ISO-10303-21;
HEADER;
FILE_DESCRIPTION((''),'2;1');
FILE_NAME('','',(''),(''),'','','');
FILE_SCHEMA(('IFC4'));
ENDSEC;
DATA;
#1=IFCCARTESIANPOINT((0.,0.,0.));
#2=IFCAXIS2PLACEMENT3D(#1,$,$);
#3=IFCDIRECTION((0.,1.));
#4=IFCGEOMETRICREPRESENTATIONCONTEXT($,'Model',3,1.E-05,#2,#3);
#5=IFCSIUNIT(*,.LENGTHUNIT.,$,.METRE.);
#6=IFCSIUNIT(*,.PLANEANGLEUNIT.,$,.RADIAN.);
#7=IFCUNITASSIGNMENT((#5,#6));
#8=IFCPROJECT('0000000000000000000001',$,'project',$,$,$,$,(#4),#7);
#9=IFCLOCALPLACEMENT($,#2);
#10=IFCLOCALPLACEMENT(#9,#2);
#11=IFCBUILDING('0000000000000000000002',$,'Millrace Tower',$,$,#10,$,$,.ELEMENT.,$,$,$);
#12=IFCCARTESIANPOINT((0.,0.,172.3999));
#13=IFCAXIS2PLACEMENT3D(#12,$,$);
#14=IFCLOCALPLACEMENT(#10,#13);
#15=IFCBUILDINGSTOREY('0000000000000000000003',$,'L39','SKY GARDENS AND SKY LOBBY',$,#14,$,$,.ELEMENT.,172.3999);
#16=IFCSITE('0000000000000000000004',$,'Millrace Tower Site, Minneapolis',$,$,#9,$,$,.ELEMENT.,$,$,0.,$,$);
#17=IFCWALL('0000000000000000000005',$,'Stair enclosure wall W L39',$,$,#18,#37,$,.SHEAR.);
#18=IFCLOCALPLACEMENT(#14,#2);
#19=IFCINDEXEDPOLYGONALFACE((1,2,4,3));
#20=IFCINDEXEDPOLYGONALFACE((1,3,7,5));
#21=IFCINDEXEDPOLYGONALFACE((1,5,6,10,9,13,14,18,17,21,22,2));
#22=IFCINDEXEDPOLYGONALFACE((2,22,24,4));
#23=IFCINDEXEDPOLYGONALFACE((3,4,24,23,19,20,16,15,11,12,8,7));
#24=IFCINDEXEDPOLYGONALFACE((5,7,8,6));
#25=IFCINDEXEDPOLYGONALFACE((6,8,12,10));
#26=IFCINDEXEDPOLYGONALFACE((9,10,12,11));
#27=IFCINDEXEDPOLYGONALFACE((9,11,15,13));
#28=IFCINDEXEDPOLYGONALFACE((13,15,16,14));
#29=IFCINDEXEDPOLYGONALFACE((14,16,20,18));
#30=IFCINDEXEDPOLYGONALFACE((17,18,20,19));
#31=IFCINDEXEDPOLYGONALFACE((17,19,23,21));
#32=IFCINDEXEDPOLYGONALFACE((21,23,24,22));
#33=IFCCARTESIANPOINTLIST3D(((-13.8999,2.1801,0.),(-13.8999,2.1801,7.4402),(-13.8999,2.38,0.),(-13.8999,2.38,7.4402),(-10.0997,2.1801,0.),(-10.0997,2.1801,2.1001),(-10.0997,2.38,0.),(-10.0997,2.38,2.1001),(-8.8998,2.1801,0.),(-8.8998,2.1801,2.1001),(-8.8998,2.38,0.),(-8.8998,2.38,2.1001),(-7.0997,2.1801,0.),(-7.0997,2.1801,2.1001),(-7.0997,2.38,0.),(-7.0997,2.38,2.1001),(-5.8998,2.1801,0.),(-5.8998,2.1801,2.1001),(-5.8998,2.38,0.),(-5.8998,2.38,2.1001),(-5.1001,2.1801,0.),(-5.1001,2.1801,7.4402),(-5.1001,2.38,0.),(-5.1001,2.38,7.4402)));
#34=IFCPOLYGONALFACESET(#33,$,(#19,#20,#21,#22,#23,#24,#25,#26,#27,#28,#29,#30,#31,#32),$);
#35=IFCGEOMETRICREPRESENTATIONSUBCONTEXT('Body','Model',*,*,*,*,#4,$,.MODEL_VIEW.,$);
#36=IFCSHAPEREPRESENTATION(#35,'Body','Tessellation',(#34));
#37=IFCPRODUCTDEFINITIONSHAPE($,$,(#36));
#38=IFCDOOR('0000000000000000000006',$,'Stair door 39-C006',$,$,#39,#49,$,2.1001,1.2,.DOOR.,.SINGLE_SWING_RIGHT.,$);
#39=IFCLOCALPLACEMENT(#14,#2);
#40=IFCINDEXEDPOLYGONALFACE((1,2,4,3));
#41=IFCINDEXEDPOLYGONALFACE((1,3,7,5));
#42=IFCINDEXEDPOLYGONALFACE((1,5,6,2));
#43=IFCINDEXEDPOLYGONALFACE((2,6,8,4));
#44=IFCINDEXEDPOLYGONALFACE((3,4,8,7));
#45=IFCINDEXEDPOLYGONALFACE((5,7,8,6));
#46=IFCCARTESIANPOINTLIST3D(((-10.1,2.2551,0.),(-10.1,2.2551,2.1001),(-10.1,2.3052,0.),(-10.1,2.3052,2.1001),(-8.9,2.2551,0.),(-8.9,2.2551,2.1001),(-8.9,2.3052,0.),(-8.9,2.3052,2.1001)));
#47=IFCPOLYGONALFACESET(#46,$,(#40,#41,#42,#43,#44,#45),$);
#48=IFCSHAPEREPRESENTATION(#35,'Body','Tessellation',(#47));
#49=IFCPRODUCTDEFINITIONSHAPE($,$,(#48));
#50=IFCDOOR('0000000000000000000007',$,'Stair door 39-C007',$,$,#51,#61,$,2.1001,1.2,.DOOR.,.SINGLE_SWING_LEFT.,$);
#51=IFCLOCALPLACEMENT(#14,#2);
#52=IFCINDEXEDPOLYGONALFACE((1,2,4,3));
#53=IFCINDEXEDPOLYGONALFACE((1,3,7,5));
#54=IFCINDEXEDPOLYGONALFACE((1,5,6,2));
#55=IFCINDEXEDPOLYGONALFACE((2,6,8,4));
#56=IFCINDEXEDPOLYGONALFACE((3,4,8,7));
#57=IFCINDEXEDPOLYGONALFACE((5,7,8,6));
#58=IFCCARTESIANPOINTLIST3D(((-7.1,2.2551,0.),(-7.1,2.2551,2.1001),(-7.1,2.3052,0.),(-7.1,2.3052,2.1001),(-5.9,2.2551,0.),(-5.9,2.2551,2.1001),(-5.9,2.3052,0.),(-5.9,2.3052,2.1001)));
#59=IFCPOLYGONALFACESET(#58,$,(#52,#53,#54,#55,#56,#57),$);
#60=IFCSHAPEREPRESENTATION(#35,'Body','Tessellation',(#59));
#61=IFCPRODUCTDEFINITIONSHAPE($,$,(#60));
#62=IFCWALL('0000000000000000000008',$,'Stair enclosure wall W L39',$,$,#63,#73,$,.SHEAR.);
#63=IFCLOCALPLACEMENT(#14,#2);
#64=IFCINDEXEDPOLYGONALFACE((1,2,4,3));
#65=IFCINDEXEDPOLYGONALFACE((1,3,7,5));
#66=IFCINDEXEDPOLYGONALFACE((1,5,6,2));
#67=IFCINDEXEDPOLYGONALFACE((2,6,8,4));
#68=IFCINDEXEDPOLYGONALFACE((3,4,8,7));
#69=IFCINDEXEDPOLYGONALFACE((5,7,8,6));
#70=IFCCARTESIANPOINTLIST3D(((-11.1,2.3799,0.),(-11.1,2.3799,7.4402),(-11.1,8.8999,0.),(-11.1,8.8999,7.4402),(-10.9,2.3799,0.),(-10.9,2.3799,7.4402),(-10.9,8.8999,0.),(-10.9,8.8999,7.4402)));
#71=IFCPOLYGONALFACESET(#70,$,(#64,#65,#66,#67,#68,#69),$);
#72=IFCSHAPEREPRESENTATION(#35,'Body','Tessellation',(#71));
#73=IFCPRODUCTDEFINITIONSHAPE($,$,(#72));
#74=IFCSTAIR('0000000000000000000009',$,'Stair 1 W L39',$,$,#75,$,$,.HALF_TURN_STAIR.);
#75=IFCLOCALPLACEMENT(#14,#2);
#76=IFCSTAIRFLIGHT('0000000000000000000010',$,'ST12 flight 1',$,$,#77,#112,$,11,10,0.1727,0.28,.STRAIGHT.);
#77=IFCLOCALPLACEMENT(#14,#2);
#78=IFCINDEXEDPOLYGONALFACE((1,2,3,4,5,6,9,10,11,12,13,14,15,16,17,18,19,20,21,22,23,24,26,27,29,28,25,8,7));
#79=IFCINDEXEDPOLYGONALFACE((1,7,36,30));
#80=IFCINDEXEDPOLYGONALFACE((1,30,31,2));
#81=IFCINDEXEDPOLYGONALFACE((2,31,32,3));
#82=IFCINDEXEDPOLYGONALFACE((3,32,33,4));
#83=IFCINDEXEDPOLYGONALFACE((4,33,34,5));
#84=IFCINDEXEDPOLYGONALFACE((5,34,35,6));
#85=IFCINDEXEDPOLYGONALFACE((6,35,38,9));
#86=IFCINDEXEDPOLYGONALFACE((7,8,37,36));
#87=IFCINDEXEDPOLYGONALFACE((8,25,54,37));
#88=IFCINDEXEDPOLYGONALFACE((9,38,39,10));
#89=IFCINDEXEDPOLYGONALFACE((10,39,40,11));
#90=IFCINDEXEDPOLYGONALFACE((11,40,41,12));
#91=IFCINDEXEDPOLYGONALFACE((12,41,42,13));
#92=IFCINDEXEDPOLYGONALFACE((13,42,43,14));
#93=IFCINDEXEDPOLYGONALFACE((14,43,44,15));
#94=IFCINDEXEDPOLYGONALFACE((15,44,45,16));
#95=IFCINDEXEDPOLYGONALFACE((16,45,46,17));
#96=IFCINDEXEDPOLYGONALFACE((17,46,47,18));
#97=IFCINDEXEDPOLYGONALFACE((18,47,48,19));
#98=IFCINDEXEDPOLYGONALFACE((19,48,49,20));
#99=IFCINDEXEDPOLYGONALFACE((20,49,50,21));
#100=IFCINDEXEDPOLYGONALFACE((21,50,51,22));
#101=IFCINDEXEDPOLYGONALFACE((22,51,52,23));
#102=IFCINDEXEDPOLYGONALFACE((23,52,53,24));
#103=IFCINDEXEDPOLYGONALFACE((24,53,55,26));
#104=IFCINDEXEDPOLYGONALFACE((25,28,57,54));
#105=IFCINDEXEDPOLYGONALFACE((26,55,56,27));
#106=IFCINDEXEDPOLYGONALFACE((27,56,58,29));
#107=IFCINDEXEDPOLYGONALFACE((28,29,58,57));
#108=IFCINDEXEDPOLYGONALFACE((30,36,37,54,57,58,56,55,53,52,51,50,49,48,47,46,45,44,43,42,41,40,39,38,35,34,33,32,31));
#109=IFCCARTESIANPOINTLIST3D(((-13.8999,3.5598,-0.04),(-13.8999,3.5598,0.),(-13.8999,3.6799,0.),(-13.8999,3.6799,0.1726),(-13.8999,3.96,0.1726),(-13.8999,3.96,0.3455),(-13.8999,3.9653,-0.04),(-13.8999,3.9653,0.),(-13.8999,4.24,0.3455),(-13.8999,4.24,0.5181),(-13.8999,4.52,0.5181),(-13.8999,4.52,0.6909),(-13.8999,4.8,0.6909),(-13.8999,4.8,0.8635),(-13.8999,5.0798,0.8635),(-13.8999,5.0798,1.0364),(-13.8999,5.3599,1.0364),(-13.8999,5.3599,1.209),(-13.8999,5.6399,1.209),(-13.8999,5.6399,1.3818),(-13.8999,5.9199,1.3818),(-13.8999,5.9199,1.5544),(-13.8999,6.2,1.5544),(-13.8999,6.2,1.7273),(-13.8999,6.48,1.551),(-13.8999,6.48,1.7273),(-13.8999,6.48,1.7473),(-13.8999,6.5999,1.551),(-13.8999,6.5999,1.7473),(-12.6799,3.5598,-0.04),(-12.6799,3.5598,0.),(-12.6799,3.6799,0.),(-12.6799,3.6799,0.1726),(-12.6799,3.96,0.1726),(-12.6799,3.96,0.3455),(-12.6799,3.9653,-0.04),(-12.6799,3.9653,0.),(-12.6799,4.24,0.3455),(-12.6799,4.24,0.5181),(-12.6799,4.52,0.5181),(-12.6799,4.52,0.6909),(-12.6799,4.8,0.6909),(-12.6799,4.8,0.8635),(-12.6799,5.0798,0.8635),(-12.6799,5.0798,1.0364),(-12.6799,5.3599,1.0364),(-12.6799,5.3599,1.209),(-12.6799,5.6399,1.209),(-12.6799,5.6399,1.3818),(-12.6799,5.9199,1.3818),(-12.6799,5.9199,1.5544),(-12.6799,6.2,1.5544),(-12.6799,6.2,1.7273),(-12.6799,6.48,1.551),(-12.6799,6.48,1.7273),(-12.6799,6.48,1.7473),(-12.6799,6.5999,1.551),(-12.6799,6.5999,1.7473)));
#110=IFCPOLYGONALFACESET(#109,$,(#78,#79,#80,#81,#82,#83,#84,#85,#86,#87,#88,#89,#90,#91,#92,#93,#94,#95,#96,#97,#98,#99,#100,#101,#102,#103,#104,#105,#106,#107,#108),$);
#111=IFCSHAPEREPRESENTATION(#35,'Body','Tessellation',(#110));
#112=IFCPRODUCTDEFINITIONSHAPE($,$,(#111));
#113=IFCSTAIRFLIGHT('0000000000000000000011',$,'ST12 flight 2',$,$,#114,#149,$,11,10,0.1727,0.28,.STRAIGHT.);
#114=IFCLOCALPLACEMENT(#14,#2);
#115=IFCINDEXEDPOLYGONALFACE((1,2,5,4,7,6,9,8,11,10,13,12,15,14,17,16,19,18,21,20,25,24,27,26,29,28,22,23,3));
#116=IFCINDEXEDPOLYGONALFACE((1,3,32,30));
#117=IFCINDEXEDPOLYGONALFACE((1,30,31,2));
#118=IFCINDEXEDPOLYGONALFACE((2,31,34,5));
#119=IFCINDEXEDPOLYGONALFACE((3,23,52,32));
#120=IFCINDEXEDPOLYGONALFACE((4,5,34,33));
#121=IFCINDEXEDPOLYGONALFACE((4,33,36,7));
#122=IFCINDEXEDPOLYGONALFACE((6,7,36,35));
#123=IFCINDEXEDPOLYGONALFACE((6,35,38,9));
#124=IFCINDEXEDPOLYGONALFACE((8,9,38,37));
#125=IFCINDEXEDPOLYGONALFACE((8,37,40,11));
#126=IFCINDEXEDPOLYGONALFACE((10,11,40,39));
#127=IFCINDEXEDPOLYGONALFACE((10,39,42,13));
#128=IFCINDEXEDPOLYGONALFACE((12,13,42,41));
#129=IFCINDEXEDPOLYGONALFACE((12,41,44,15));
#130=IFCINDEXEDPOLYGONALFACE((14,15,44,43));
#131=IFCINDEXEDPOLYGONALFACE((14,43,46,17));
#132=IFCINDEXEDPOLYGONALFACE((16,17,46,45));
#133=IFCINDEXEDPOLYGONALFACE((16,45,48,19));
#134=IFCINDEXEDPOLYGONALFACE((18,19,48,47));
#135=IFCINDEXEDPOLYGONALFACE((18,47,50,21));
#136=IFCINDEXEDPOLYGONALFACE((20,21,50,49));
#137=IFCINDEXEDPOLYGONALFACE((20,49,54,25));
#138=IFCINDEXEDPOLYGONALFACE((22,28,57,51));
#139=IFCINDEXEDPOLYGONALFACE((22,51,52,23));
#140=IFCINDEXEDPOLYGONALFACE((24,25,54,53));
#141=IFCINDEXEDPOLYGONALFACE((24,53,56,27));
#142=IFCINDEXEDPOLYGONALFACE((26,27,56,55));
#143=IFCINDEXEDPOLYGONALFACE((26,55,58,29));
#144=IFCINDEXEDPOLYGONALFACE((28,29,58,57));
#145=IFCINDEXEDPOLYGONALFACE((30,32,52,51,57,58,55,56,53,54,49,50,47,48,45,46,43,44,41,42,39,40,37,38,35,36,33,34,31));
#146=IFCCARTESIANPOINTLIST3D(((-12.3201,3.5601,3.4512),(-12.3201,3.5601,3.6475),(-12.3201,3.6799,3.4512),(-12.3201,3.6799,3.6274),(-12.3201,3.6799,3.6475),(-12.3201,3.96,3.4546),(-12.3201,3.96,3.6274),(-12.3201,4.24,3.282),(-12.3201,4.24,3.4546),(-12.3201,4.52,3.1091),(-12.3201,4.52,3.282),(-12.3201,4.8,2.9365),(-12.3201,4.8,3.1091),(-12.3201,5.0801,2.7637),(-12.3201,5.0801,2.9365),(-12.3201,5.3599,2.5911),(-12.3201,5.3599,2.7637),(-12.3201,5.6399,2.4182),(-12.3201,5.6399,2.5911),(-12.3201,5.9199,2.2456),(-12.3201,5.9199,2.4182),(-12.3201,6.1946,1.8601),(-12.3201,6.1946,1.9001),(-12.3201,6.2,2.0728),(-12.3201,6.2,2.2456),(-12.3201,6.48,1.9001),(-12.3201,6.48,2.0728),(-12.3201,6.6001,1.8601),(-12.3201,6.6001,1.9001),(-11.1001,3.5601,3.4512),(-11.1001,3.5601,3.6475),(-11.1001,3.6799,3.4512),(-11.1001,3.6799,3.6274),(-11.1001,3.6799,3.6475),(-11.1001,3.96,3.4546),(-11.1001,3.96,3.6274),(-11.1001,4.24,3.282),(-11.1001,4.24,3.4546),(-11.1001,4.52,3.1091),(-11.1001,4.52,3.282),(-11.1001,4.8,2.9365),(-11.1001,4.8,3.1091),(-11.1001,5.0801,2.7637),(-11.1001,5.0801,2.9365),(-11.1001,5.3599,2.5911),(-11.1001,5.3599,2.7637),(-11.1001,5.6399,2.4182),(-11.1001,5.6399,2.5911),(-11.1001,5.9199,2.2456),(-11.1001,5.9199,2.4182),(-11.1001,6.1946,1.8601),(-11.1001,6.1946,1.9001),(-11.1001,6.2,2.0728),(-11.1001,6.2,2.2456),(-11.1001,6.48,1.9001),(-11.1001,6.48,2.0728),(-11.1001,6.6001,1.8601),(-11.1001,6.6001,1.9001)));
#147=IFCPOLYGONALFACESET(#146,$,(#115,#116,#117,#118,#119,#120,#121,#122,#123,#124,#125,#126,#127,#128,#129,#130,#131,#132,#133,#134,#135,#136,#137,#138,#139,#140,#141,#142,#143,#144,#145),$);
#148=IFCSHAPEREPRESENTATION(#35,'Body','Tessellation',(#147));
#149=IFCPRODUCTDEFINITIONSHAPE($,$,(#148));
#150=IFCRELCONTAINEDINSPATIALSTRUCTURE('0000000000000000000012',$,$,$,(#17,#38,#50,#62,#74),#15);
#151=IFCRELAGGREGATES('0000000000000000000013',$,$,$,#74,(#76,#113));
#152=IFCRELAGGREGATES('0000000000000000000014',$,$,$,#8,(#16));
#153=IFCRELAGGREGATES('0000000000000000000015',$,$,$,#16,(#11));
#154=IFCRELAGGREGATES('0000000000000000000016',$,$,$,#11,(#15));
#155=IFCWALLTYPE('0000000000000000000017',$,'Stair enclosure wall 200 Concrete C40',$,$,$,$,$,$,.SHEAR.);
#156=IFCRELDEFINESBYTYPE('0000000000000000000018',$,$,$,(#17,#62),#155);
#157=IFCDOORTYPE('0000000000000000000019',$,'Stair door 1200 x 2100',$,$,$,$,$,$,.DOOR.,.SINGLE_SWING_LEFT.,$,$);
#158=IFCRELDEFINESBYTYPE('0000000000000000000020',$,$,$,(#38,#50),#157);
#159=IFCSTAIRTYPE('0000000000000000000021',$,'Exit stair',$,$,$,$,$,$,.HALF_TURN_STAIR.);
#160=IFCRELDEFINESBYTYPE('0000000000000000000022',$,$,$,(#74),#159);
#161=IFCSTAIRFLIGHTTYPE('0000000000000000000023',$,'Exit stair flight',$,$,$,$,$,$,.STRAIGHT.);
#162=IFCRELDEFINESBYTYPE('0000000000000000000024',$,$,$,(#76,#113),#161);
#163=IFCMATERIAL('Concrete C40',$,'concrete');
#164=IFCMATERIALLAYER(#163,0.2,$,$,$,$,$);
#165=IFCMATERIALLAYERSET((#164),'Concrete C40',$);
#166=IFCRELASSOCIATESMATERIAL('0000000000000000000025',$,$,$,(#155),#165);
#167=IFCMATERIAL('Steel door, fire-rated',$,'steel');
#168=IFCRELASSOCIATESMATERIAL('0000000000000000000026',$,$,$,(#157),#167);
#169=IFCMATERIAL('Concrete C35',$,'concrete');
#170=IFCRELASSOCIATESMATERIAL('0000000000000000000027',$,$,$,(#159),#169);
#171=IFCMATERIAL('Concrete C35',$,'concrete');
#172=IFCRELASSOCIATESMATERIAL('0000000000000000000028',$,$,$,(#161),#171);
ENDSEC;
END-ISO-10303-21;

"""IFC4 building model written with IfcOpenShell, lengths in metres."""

from ifc_helpers import new_model, si_unit, direction, frame, frame_2d, origin, place, context, subcontext, project, spatial, polyline, rectangle, outline, extrude, material, layer, layer_set, type_object, element, fill, aggregate, save


model = new_model("IFC4")

# Units and contexts
model_context = context("Model", 3, precision=1e-05, world=origin(), true_north=direction((0.0, 1.0)))
body_context = subcontext(model_context, "Body", "Model", "MODEL_VIEW")
ifc_project = project(units=[si_unit("LENGTHUNIT", "METRE"), si_unit("PLANEANGLEUNIT", "RADIAN")], contexts=[model_context])

# Site, building, storey
site_placement = place(None, origin())
site = spatial("IfcSite", under=ifc_project, at=site_placement, Name="Millrace Tower Site, Minneapolis", CompositionType="ELEMENT", RefElevation=0.0)
building_placement = place(site_placement, origin())
building = spatial("IfcBuilding", under=site, at=building_placement, Name="Millrace Tower", CompositionType="ELEMENT")
storey_placement = place(building_placement, frame((0.0, 0.0, 172.3999)))
storey = spatial("IfcBuildingStorey", under=building, at=storey_placement, Name="L39", Description="SKY GARDENS AND SKY LOBBY", CompositionType="ELEMENT", Elevation=172.3999)

# Shared definitions
placement = place(storey_placement, origin())

# Shared definitions
ifc_material_1 = material(Name="Concrete C40", Category="concrete")
ifc_layer_1 = layer(ifc_material_1, 0.2)
ifc_layer_set_1 = layer_set([ifc_layer_1], Name="Concrete C40")
wall_type_1 = type_object("IfcWallType", Name="Stair enclosure wall 200 Concrete C40", PredefinedType="SHEAR", material=ifc_layer_set_1)

# Wall, openings, doors
wall_1_placement = place(storey_placement, frame((-13.8999, 2.28, 0.0), z_axis=(0.0, 0.0, 1.0), x_axis=(1.0, 0.0, 0.0)))
wall_1 = element("IfcWall", 1, at=wall_1_placement, inside=storey, type_object=wall_type_1, Name="Stair enclosure wall W L39", PredefinedType="SHEAR", context=body_context, shape_type="SweptSolid", body=[
    extrude(rectangle(XDim=8.7998, YDim=0.2, at=frame_2d((4.3999, 0.0))), origin(), (0.0, 0.0, 1.0), 7.4402),
])
opening_1_placement = place(wall_1_placement, frame((3.8, 0.0, 0.0)))
opening_1 = element("IfcOpeningElement", 2, at=opening_1_placement, cuts=wall_1, PredefinedType="OPENING", context=body_context, shape_type="SweptSolid", body=[
    extrude(rectangle(XDim=1.2, YDim=2.1001, at=frame_2d((0.6001, 1.05))), frame((0.0, 0.1099, 0.0), z_axis=(0.0, -1.0, 0.0), x_axis=(1.0, 0.0, 0.0)), (0.0, 0.0, 1.0), 0.22),
])
opening_2_placement = place(wall_1_placement, frame((6.8, 0.0, 0.0)))
opening_2 = element("IfcOpeningElement", 3, at=opening_2_placement, cuts=wall_1, PredefinedType="OPENING", context=body_context, shape_type="SweptSolid", body=[
    extrude(rectangle(XDim=1.2, YDim=2.1001, at=frame_2d((0.6001, 1.05))), frame((0.0, 0.1099, 0.0), z_axis=(0.0, -1.0, 0.0), x_axis=(1.0, 0.0, 0.0)), (0.0, 0.0, 1.0), 0.22),
])
ifc_material_2 = material(Name="Steel door, fire-rated", Category="steel")
door_type_1 = type_object("IfcDoorType", Name="Stair door 1200 x 2100", OperationType="SINGLE_SWING_LEFT", PredefinedType="DOOR", material=ifc_material_2)
door_1_placement = place(opening_1_placement, frame((1.2, 0.0, 0.0), z_axis=(0.0, 0.0, 1.0), x_axis=(-1.0, 0.0, 0.0)))
door_1 = element("IfcDoor", 4, at=door_1_placement, inside=storey, type_object=door_type_1, Name="Stair door 39-C006", OperationType="SINGLE_SWING_RIGHT", OverallHeight=2.1001, OverallWidth=1.2, PredefinedType="DOOR", context=body_context, shape_type="SweptSolid", body=[
    extrude(rectangle(XDim=1.2, YDim=2.1001, at=frame_2d((0.6001, 1.05))), frame((0.0, 0.0249, 0.0), z_axis=(0.0, -1.0, 0.0), x_axis=(1.0, 0.0, 0.0)), (0.0, 0.0, 1.0), 0.05),
])
fill(opening_1, door_1)
door_2_placement = place(opening_2_placement, frame((1.2, 0.0, 0.0), z_axis=(0.0, 0.0, 1.0), x_axis=(-1.0, 0.0, 0.0)))
door_2 = element("IfcDoor", 5, at=door_2_placement, inside=storey, type_object=door_type_1, Name="Stair door 39-C007", OperationType="SINGLE_SWING_LEFT", OverallHeight=2.1001, OverallWidth=1.2, PredefinedType="DOOR", context=body_context, shape_type="SweptSolid", body=[
    extrude(rectangle(XDim=1.2, YDim=2.1001, at=frame_2d((0.6001, 1.05))), frame((0.0, 0.0249, 0.0), z_axis=(0.0, -1.0, 0.0), x_axis=(1.0, 0.0, 0.0)), (0.0, 0.0, 1.0), 0.05),
])
fill(opening_2, door_2)

# Wall
wall_2_placement = place(storey_placement, frame((-11.0, 2.3799, 0.0), z_axis=(0.0, 0.0, 1.0), x_axis=(0.0, 1.0, 0.0)))
element("IfcWall", 6, at=wall_2_placement, inside=storey, type_object=wall_type_1, Name="Stair enclosure wall W L39", PredefinedType="SHEAR", context=body_context, shape_type="SweptSolid", body=[
    extrude(rectangle(XDim=6.52, YDim=0.2, at=frame_2d((3.26, 0.0))), origin(), (0.0, 0.0, 1.0), 7.4402),
])

# Stair, stair flights
ifc_material_3 = material(Name="Concrete C35", Category="concrete")
stair_type = type_object("IfcStairType", Name="Exit stair", PredefinedType="HALF_TURN_STAIR", material=ifc_material_3)
stair_1 = element("IfcStair", 7, at=placement, inside=storey, type_object=stair_type, Name="Stair 1 W L39", PredefinedType="HALF_TURN_STAIR")
ifc_material_4 = material(Name="Concrete C35", Category="concrete")
stair_flight_type = type_object("IfcStairFlightType", Name="Exit stair flight", PredefinedType="STRAIGHT", material=ifc_material_4)
stair_flight_1_placement = place(storey_placement, frame((-13.29, 3.6799, 0.0), z_axis=(0.0, 0.0, 1.0), x_axis=(0.0, 1.0, 0.0)))
stair_flight_1 = element("IfcStairFlight", 8, at=stair_flight_1_placement, type_object=stair_flight_type, Name="ST12 flight 1", NumberOfRisers=11, NumberOfTreads=10, PredefinedType="STRAIGHT", RiserHeight=0.1727, TreadLength=0.28, context=body_context, shape_type="SweptSolid", body=[
    extrude(outline(polyline([(-0.1201, -0.04), (-0.1201, 0.0), (0.0, 0.0), (0.0, 0.1726), (0.28, 0.1726), (0.28, 0.3455), (0.5601, 0.3455), (0.5601, 0.5181), (0.8401, 0.5181), (0.8401, 0.6909), (1.1201, 0.6909), (1.1201, 0.8635), (1.3999, 0.8635), (1.3999, 1.0364), (1.6799, 1.0364), (1.6799, 1.209), (1.96, 1.209), (1.96, 1.3818), (2.24, 1.3818), (2.24, 1.5544), (2.52, 1.5544), (2.52, 1.7273), (2.8, 1.7273), (2.8, 1.7473), (2.9199, 1.7473), (2.9199, 1.551), (2.8, 1.551), (0.2854, 0.0), (0.2854, -0.04), (-0.1201, -0.04)])), frame((0.0, 0.6099, 0.0), z_axis=(0.0, -1.0, 0.0), x_axis=(1.0, 0.0, 0.0)), (0.0, 0.0, 1.0), 1.22),
])
stair_flight_2_placement = place(storey_placement, frame((-11.71, 6.48, 1.9001), z_axis=(0.0, 0.0, 1.0), x_axis=(0.0, -1.0, 0.0)))
stair_flight_2 = element("IfcStairFlight", 9, at=stair_flight_2_placement, type_object=stair_flight_type, Name="ST12 flight 2", NumberOfRisers=11, NumberOfTreads=10, PredefinedType="STRAIGHT", RiserHeight=0.1727, TreadLength=0.28, context=body_context, shape_type="SweptSolid", body=[
    extrude(outline(polyline([(-0.1201, -0.04), (-0.1201, 0.0), (0.0, 0.0), (0.0, 0.1726), (0.28, 0.1726), (0.28, 0.3455), (0.5601, 0.3455), (0.5601, 0.5181), (0.8401, 0.5181), (0.8401, 0.6909), (1.1201, 0.6909), (1.1201, 0.8635), (1.3999, 0.8635), (1.3999, 1.0364), (1.6799, 1.0364), (1.6799, 1.209), (1.96, 1.209), (1.96, 1.3818), (2.24, 1.3818), (2.24, 1.5544), (2.52, 1.5544), (2.52, 1.7273), (2.8, 1.7273), (2.8, 1.7473), (2.9199, 1.7473), (2.9199, 1.551), (2.8, 1.551), (0.2854, 0.0), (0.2854, -0.04), (-0.1201, -0.04)])), frame((0.0, 0.6099, 0.0), z_axis=(0.0, -1.0, 0.0), x_axis=(1.0, 0.0, 0.0)), (0.0, 0.0, 1.0), 1.22),
])
aggregate(stair_1, [stair_flight_1, stair_flight_2])

save(model, "model.ifc")
